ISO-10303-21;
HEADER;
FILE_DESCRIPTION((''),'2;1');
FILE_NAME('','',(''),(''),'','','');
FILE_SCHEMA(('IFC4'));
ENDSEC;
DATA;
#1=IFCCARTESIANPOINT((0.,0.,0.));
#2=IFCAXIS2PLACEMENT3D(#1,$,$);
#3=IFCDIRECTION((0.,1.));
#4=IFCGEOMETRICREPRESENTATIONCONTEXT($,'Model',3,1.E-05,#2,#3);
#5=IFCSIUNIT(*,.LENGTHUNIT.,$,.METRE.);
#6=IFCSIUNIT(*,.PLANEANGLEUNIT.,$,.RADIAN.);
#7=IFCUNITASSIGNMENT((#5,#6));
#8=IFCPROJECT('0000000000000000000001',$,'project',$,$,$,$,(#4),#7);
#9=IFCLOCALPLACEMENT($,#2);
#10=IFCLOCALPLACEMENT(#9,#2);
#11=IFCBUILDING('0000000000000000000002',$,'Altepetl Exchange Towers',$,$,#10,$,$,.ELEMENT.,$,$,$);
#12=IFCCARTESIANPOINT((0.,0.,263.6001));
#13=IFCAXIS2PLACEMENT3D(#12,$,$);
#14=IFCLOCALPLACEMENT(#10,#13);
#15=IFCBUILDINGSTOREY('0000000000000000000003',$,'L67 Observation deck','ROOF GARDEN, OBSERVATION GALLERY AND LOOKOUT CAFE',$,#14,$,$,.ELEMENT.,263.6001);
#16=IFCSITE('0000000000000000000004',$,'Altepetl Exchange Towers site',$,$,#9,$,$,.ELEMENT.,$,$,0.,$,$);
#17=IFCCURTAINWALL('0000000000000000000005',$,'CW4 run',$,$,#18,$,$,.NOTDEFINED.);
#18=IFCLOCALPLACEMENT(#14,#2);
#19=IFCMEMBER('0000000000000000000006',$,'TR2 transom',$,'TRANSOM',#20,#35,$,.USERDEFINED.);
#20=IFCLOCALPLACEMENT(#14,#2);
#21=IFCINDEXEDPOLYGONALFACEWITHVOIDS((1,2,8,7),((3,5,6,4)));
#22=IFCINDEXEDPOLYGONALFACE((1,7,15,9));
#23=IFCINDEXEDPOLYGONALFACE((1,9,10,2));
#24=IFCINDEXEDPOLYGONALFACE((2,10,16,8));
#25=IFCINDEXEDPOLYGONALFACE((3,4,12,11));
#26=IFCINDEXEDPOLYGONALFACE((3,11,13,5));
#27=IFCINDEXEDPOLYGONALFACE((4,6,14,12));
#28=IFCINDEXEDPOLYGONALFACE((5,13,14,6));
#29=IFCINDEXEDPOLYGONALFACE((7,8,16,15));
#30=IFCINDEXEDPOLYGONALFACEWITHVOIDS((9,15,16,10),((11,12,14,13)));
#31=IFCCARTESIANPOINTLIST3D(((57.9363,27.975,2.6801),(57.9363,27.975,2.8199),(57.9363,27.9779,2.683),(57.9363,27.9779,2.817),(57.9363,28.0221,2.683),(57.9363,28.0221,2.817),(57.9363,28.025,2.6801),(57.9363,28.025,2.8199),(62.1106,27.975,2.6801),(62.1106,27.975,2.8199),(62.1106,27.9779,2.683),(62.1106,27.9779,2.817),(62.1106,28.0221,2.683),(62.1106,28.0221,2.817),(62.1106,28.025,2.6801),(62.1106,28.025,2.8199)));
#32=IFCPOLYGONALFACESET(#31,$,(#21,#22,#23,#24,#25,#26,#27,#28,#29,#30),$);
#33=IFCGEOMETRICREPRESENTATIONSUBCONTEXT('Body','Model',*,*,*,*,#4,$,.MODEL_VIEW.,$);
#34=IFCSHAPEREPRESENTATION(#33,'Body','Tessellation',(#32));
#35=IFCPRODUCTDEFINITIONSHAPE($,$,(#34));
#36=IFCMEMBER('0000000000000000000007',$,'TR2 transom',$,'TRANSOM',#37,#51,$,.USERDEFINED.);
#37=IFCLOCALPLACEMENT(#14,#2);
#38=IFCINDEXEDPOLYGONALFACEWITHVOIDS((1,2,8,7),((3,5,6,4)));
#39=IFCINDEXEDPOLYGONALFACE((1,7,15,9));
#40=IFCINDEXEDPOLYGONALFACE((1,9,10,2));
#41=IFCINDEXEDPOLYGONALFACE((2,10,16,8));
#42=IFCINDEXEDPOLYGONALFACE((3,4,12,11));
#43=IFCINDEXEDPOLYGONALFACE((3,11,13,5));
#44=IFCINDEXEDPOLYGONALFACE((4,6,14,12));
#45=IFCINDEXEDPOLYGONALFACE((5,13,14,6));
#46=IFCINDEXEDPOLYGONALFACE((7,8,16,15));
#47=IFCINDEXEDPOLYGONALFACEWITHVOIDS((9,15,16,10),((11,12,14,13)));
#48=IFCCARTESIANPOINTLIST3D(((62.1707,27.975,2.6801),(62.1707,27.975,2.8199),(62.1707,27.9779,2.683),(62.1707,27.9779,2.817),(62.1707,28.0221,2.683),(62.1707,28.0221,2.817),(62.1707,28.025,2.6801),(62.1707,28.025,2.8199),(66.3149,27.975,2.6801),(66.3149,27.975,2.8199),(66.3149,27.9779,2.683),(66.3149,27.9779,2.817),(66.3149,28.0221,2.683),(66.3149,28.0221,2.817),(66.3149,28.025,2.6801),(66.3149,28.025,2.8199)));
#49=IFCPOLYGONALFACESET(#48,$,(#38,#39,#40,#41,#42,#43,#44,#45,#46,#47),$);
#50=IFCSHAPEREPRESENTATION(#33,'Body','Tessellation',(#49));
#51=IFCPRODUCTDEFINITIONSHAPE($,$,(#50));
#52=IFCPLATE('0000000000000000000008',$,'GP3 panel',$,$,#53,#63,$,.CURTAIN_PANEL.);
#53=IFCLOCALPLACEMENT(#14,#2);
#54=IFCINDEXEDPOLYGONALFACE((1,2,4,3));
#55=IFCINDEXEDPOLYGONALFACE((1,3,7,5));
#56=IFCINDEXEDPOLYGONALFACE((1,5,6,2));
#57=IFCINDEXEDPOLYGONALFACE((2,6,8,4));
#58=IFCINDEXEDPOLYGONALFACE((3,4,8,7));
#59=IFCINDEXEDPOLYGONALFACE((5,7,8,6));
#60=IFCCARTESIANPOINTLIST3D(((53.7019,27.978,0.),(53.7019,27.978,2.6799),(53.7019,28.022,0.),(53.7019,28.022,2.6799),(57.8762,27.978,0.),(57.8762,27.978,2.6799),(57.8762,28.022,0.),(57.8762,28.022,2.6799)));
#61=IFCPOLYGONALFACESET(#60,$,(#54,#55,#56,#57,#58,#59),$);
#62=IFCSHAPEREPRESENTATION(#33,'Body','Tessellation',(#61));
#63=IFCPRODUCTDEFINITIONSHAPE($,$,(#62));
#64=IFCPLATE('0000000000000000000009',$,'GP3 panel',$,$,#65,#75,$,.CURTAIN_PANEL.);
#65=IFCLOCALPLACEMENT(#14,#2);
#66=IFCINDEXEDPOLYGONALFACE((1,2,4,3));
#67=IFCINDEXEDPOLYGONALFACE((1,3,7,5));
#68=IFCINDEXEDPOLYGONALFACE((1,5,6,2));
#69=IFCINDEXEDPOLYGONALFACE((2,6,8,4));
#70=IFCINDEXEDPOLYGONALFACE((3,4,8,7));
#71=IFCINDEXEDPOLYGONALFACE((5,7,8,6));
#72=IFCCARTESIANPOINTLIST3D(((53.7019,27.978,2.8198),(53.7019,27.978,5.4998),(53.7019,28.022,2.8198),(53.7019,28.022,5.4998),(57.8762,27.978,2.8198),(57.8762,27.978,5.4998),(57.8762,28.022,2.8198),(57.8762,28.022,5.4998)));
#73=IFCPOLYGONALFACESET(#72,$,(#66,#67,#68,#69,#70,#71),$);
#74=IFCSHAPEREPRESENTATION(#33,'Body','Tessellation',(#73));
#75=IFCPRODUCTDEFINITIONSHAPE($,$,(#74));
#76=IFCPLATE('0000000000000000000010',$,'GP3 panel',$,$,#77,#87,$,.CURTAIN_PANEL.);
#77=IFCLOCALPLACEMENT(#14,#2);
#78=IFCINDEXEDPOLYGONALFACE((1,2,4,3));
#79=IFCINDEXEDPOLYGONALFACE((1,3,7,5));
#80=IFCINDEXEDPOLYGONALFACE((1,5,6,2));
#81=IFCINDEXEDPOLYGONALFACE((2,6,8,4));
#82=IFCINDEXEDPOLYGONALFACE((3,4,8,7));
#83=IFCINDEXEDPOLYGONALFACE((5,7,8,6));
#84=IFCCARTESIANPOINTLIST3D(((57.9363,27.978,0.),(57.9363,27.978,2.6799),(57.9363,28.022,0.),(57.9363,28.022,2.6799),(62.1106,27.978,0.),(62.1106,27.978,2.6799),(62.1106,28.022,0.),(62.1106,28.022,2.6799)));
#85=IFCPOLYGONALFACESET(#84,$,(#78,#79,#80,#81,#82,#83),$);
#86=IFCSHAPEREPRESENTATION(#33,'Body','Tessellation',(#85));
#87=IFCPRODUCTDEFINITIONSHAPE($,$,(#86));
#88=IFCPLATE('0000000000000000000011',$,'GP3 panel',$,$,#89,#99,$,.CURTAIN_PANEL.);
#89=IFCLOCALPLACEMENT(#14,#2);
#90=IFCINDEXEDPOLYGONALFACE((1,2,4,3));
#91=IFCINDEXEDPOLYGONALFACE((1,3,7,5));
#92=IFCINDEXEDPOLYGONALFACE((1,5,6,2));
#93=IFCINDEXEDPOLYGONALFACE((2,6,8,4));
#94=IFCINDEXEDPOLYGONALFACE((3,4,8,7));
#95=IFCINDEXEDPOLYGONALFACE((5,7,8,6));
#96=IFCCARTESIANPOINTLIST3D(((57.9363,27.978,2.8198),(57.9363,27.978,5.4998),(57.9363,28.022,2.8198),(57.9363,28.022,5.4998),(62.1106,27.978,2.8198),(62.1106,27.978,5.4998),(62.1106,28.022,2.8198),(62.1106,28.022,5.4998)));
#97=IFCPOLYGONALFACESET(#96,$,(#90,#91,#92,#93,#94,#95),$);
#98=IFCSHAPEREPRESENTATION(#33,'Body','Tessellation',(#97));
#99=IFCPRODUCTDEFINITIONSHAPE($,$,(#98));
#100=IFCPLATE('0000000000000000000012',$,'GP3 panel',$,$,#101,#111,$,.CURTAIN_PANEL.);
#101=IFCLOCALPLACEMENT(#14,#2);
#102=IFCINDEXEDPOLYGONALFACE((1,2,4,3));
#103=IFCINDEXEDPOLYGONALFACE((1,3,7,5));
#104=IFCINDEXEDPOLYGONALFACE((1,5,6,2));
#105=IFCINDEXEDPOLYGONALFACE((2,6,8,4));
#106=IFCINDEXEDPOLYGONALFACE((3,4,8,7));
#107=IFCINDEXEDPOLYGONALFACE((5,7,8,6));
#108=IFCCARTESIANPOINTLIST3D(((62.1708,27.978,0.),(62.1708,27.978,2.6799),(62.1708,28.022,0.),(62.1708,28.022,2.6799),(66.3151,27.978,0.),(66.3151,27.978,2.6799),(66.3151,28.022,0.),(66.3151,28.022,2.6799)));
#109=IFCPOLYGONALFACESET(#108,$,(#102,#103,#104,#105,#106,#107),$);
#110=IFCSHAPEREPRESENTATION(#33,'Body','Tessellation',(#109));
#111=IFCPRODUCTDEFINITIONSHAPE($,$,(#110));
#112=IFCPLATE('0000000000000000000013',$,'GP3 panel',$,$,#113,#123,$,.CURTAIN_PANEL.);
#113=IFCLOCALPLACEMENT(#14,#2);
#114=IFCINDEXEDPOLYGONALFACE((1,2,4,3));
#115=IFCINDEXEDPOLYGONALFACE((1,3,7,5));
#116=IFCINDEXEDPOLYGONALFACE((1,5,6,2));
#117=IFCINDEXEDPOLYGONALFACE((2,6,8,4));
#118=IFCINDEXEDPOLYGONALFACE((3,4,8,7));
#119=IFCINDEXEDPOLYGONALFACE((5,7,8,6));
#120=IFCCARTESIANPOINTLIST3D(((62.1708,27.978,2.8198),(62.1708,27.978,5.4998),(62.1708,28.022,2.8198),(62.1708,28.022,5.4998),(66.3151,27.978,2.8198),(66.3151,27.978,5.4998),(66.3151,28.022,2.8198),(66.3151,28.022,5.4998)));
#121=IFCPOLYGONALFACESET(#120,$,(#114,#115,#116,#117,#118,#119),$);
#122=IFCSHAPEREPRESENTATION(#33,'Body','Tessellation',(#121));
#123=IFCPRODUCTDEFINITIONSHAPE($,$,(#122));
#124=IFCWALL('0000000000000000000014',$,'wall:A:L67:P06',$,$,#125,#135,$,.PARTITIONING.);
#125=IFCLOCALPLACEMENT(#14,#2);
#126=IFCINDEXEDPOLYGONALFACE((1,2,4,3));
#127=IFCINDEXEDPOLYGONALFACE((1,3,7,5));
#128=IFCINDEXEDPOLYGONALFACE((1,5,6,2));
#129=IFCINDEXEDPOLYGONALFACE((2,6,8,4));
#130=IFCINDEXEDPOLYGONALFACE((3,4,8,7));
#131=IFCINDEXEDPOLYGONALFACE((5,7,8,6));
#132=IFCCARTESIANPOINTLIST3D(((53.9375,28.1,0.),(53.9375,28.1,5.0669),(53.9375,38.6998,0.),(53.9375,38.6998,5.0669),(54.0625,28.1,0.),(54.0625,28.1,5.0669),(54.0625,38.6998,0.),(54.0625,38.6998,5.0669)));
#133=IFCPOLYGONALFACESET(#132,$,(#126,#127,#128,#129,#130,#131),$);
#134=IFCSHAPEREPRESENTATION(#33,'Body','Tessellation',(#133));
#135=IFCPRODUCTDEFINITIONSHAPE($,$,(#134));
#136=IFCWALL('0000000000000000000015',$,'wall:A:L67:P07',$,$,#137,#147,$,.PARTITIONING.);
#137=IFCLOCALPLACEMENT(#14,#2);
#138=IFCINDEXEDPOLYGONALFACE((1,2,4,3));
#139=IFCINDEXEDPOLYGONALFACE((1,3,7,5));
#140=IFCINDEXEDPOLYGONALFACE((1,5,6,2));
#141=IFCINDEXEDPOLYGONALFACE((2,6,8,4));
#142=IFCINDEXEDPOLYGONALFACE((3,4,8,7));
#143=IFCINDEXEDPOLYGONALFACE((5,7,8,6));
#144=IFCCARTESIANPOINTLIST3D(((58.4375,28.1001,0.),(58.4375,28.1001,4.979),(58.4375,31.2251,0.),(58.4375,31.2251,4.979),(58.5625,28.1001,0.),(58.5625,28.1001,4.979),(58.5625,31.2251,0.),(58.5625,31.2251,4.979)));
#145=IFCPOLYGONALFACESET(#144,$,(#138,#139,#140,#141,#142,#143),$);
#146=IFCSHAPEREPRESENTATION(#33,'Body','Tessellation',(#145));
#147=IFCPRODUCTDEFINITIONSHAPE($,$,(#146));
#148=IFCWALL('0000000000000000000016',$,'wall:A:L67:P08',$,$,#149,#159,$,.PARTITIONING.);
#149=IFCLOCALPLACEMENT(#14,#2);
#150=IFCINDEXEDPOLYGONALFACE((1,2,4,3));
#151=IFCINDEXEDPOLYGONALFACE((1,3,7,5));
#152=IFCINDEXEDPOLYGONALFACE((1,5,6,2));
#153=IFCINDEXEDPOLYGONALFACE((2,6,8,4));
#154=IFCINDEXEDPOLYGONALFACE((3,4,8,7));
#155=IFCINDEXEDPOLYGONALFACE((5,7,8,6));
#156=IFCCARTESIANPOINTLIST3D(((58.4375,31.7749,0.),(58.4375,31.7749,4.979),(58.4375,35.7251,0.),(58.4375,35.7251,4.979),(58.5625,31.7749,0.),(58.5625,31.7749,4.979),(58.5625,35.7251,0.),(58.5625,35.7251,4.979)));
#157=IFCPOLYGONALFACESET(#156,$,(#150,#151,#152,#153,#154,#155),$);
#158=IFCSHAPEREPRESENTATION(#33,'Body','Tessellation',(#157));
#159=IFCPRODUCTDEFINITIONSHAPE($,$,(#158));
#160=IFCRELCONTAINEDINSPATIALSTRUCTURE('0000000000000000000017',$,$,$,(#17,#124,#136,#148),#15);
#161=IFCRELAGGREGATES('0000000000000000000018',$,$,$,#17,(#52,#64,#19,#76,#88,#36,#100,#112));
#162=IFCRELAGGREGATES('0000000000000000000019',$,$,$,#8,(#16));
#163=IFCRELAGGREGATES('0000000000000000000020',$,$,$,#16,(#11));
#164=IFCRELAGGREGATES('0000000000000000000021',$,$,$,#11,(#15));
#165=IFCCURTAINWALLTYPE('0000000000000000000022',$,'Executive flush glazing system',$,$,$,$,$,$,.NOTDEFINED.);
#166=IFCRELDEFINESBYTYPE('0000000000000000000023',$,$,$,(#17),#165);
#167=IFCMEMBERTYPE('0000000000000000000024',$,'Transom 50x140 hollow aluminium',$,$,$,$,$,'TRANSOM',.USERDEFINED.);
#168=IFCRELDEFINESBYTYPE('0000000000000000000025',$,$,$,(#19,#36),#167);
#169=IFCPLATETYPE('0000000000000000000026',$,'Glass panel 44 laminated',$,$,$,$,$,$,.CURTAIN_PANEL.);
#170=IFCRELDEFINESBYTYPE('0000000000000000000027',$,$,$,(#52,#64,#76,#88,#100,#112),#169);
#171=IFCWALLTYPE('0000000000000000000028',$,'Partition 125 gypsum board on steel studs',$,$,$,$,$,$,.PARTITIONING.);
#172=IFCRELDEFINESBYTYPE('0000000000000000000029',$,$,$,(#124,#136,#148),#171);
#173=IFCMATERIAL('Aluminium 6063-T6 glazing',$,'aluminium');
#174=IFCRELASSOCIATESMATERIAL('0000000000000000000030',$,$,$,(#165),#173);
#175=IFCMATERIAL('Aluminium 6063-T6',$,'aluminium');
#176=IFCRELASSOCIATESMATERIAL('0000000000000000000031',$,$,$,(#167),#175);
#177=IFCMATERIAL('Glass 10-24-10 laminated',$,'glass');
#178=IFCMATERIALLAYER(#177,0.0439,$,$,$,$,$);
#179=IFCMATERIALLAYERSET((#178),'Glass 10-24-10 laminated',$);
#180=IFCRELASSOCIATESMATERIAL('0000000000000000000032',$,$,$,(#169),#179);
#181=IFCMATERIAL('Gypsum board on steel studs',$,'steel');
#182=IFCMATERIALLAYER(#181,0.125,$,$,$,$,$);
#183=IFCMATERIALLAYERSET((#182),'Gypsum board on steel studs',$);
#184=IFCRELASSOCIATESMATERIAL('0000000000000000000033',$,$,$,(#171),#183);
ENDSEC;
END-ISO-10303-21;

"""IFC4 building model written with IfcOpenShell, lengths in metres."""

from ifc_helpers import new_model, si_unit, direction, frame, frame_2d, origin, origin_2d, place, context, subcontext, project, spatial, rectangle, hollow_rectangle, extrude, material, layer, layer_set, material_profile, profile_set, type_object, element, aggregate, save


model = new_model("IFC4")

# Units and contexts
model_context = context("Model", 3, precision=1e-05, world=origin(), true_north=direction((0.0, 1.0)))
body_context = subcontext(model_context, "Body", "Model", "MODEL_VIEW")
ifc_project = project(units=[si_unit("LENGTHUNIT", "METRE"), si_unit("PLANEANGLEUNIT", "RADIAN")], contexts=[model_context])

# Site, building, storey
site_placement = place(None, origin())
site = spatial("IfcSite", under=ifc_project, at=site_placement, Name="Altepetl Exchange Towers site", CompositionType="ELEMENT", RefElevation=0.0)
building_placement = place(site_placement, origin())
building = spatial("IfcBuilding", under=site, at=building_placement, Name="Altepetl Exchange Towers", CompositionType="ELEMENT")
storey_placement = place(building_placement, frame((0.0, 0.0, 263.6001)))
storey = spatial("IfcBuildingStorey", under=building, at=storey_placement, Name="L67 Observation deck", Description="ROOF GARDEN, OBSERVATION GALLERY AND LOOKOUT CAFE", CompositionType="ELEMENT", Elevation=263.6001)

# Curtain wall
ifc_material_1 = material(Name="Aluminium 6063-T6 glazing", Category="aluminium")
curtain_wall_type = type_object("IfcCurtainWallType", Name="Executive flush glazing system", PredefinedType="NOTDEFINED", material=ifc_material_1)
curtain_wall_placement = place(storey_placement, origin())
curtain_wall = element("IfcCurtainWall", 1, at=curtain_wall_placement, inside=storey, type_object=curtain_wall_type, Name="CW4 run", PredefinedType="NOTDEFINED")
ifc_material_2 = material(Name="Aluminium 6063-T6", Category="aluminium")

# Members
ifc_material_profile_1 = material_profile(ifc_material_2, hollow_rectangle(XDim=0.05, YDim=0.1399, WallThickness=0.0029, at=origin_2d()), Name="Transom 50x140 hollow aluminium")
ifc_profile_set_1 = profile_set([ifc_material_profile_1], Name="Aluminium 6063-T6")
member_type_1 = type_object("IfcMemberType", Name="Transom 50x140 hollow aluminium", ElementType="TRANSOM", PredefinedType="USERDEFINED", material=ifc_profile_set_1)
member_1_placement = place(storey_placement, frame((57.9363, 28.0, 2.75), z_axis=(1.0, 0.0, 0.0), x_axis=(0.0, 1.0, 0.0)))
member_1 = element("IfcMember", 2, at=member_1_placement, type_object=member_type_1, Name="TR2 transom", ObjectType="TRANSOM", PredefinedType="USERDEFINED", context=body_context, shape_type="SweptSolid", body=[
    extrude(hollow_rectangle(XDim=0.05, YDim=0.1399, WallThickness=0.0029, at=origin_2d()), origin(), (0.0, 0.0, 1.0), 4.1743),
])
member_2_placement = place(storey_placement, frame((62.1707, 28.0, 2.75), z_axis=(1.0, 0.0, 0.0), x_axis=(0.0, 1.0, 0.0)))
member_2 = element("IfcMember", 3, at=member_2_placement, type_object=member_type_1, Name="TR2 transom", ObjectType="TRANSOM", PredefinedType="USERDEFINED", context=body_context, shape_type="SweptSolid", body=[
    extrude(hollow_rectangle(XDim=0.05, YDim=0.1399, WallThickness=0.0029, at=origin_2d()), origin(), (0.0, 0.0, 1.0), 4.1443),
])

# Plates
ifc_material_3 = material(Name="Glass 10-24-10 laminated", Category="glass")
ifc_layer_1 = layer(ifc_material_3, 0.0439)
ifc_layer_set_1 = layer_set([ifc_layer_1], Name="Glass 10-24-10 laminated")
plate_type = type_object("IfcPlateType", Name="Glass panel 44 laminated", PredefinedType="CURTAIN_PANEL", material=ifc_layer_set_1)
plate_1_placement = place(storey_placement, frame((55.7891, 28.0, 0.0)))
plate_1 = element("IfcPlate", 4, at=plate_1_placement, type_object=plate_type, Name="GP3 panel", PredefinedType="CURTAIN_PANEL", context=body_context, shape_type="SweptSolid", body=[
    extrude(rectangle(XDim=4.1743, YDim=0.0439, at=origin_2d()), origin(), (0.0, 0.0, 1.0), 2.6799),
])
plate_2_placement = place(storey_placement, frame((55.7891, 28.0, 2.8198)))
plate_2 = element("IfcPlate", 5, at=plate_2_placement, type_object=plate_type, Name="GP3 panel", PredefinedType="CURTAIN_PANEL", context=body_context, shape_type="SweptSolid", body=[
    extrude(rectangle(XDim=4.1743, YDim=0.0439, at=origin_2d()), origin(), (0.0, 0.0, 1.0), 2.6799),
])
plate_3_placement = place(storey_placement, frame((60.0234, 28.0, 0.0)))
plate_3 = element("IfcPlate", 6, at=plate_3_placement, type_object=plate_type, Name="GP3 panel", PredefinedType="CURTAIN_PANEL", context=body_context, shape_type="SweptSolid", body=[
    extrude(rectangle(XDim=4.1743, YDim=0.0439, at=origin_2d()), origin(), (0.0, 0.0, 1.0), 2.6799),
])
plate_4_placement = place(storey_placement, frame((60.0234, 28.0, 2.8198)))
plate_4 = element("IfcPlate", 7, at=plate_4_placement, type_object=plate_type, Name="GP3 panel", PredefinedType="CURTAIN_PANEL", context=body_context, shape_type="SweptSolid", body=[
    extrude(rectangle(XDim=4.1743, YDim=0.0439, at=origin_2d()), origin(), (0.0, 0.0, 1.0), 2.6799),
])
plate_5_placement = place(storey_placement, frame((64.2429, 28.0, 0.0)))
plate_5 = element("IfcPlate", 8, at=plate_5_placement, type_object=plate_type, Name="GP3 panel", PredefinedType="CURTAIN_PANEL", context=body_context, shape_type="SweptSolid", body=[
    extrude(rectangle(XDim=4.1443, YDim=0.0439, at=origin_2d()), origin(), (0.0, 0.0, 1.0), 2.6799),
])
plate_6_placement = place(storey_placement, frame((64.2429, 28.0, 2.8198)))
plate_6 = element("IfcPlate", 9, at=plate_6_placement, type_object=plate_type, Name="GP3 panel", PredefinedType="CURTAIN_PANEL", context=body_context, shape_type="SweptSolid", body=[
    extrude(rectangle(XDim=4.1443, YDim=0.0439, at=origin_2d()), origin(), (0.0, 0.0, 1.0), 2.6799),
])
aggregate(curtain_wall, [plate_1, plate_2, member_1, plate_3, plate_4, member_2, plate_5, plate_6])

# Walls
ifc_material_4 = material(Name="Gypsum board on steel studs", Category="steel")
ifc_layer_2 = layer(ifc_material_4, 0.125)
ifc_layer_set_2 = layer_set([ifc_layer_2], Name="Gypsum board on steel studs")
wall_type = type_object("IfcWallType", Name="Partition 125 gypsum board on steel studs", PredefinedType="PARTITIONING", material=ifc_layer_set_2)
wall_1_placement = place(storey_placement, frame((54.0, 28.1001, 0.0), z_axis=(0.0, 0.0, 1.0), x_axis=(0.0, 1.0, 0.0)))
element("IfcWall", 10, at=wall_1_placement, inside=storey, type_object=wall_type, Name="wall:A:L67:P06", PredefinedType="PARTITIONING", context=body_context, shape_type="SweptSolid", body=[
    extrude(rectangle(XDim=10.5999, YDim=0.125, at=frame_2d((5.2998, 0.0))), origin(), (0.0, 0.0, 1.0), 5.0669),
])
wall_2_placement = place(storey_placement, frame((58.5, 28.1001, 0.0), z_axis=(0.0, 0.0, 1.0), x_axis=(0.0, 1.0, 0.0)))
element("IfcWall", 11, at=wall_2_placement, inside=storey, type_object=wall_type, Name="wall:A:L67:P07", PredefinedType="PARTITIONING", context=body_context, shape_type="SweptSolid", body=[
    extrude(rectangle(XDim=3.125, YDim=0.125, at=frame_2d((1.5625, 0.0))), origin(), (0.0, 0.0, 1.0), 4.979),
])
wall_3_placement = place(storey_placement, frame((58.5, 31.7749, 0.0), z_axis=(0.0, 0.0, 1.0), x_axis=(0.0, 1.0, 0.0)))
element("IfcWall", 12, at=wall_3_placement, inside=storey, type_object=wall_type, Name="wall:A:L67:P08", PredefinedType="PARTITIONING", context=body_context, shape_type="SweptSolid", body=[
    extrude(rectangle(XDim=3.9502, YDim=0.125, at=frame_2d((1.9751, 0.0))), origin(), (0.0, 0.0, 1.0), 4.979),
])

save(model, "model.ifc")
